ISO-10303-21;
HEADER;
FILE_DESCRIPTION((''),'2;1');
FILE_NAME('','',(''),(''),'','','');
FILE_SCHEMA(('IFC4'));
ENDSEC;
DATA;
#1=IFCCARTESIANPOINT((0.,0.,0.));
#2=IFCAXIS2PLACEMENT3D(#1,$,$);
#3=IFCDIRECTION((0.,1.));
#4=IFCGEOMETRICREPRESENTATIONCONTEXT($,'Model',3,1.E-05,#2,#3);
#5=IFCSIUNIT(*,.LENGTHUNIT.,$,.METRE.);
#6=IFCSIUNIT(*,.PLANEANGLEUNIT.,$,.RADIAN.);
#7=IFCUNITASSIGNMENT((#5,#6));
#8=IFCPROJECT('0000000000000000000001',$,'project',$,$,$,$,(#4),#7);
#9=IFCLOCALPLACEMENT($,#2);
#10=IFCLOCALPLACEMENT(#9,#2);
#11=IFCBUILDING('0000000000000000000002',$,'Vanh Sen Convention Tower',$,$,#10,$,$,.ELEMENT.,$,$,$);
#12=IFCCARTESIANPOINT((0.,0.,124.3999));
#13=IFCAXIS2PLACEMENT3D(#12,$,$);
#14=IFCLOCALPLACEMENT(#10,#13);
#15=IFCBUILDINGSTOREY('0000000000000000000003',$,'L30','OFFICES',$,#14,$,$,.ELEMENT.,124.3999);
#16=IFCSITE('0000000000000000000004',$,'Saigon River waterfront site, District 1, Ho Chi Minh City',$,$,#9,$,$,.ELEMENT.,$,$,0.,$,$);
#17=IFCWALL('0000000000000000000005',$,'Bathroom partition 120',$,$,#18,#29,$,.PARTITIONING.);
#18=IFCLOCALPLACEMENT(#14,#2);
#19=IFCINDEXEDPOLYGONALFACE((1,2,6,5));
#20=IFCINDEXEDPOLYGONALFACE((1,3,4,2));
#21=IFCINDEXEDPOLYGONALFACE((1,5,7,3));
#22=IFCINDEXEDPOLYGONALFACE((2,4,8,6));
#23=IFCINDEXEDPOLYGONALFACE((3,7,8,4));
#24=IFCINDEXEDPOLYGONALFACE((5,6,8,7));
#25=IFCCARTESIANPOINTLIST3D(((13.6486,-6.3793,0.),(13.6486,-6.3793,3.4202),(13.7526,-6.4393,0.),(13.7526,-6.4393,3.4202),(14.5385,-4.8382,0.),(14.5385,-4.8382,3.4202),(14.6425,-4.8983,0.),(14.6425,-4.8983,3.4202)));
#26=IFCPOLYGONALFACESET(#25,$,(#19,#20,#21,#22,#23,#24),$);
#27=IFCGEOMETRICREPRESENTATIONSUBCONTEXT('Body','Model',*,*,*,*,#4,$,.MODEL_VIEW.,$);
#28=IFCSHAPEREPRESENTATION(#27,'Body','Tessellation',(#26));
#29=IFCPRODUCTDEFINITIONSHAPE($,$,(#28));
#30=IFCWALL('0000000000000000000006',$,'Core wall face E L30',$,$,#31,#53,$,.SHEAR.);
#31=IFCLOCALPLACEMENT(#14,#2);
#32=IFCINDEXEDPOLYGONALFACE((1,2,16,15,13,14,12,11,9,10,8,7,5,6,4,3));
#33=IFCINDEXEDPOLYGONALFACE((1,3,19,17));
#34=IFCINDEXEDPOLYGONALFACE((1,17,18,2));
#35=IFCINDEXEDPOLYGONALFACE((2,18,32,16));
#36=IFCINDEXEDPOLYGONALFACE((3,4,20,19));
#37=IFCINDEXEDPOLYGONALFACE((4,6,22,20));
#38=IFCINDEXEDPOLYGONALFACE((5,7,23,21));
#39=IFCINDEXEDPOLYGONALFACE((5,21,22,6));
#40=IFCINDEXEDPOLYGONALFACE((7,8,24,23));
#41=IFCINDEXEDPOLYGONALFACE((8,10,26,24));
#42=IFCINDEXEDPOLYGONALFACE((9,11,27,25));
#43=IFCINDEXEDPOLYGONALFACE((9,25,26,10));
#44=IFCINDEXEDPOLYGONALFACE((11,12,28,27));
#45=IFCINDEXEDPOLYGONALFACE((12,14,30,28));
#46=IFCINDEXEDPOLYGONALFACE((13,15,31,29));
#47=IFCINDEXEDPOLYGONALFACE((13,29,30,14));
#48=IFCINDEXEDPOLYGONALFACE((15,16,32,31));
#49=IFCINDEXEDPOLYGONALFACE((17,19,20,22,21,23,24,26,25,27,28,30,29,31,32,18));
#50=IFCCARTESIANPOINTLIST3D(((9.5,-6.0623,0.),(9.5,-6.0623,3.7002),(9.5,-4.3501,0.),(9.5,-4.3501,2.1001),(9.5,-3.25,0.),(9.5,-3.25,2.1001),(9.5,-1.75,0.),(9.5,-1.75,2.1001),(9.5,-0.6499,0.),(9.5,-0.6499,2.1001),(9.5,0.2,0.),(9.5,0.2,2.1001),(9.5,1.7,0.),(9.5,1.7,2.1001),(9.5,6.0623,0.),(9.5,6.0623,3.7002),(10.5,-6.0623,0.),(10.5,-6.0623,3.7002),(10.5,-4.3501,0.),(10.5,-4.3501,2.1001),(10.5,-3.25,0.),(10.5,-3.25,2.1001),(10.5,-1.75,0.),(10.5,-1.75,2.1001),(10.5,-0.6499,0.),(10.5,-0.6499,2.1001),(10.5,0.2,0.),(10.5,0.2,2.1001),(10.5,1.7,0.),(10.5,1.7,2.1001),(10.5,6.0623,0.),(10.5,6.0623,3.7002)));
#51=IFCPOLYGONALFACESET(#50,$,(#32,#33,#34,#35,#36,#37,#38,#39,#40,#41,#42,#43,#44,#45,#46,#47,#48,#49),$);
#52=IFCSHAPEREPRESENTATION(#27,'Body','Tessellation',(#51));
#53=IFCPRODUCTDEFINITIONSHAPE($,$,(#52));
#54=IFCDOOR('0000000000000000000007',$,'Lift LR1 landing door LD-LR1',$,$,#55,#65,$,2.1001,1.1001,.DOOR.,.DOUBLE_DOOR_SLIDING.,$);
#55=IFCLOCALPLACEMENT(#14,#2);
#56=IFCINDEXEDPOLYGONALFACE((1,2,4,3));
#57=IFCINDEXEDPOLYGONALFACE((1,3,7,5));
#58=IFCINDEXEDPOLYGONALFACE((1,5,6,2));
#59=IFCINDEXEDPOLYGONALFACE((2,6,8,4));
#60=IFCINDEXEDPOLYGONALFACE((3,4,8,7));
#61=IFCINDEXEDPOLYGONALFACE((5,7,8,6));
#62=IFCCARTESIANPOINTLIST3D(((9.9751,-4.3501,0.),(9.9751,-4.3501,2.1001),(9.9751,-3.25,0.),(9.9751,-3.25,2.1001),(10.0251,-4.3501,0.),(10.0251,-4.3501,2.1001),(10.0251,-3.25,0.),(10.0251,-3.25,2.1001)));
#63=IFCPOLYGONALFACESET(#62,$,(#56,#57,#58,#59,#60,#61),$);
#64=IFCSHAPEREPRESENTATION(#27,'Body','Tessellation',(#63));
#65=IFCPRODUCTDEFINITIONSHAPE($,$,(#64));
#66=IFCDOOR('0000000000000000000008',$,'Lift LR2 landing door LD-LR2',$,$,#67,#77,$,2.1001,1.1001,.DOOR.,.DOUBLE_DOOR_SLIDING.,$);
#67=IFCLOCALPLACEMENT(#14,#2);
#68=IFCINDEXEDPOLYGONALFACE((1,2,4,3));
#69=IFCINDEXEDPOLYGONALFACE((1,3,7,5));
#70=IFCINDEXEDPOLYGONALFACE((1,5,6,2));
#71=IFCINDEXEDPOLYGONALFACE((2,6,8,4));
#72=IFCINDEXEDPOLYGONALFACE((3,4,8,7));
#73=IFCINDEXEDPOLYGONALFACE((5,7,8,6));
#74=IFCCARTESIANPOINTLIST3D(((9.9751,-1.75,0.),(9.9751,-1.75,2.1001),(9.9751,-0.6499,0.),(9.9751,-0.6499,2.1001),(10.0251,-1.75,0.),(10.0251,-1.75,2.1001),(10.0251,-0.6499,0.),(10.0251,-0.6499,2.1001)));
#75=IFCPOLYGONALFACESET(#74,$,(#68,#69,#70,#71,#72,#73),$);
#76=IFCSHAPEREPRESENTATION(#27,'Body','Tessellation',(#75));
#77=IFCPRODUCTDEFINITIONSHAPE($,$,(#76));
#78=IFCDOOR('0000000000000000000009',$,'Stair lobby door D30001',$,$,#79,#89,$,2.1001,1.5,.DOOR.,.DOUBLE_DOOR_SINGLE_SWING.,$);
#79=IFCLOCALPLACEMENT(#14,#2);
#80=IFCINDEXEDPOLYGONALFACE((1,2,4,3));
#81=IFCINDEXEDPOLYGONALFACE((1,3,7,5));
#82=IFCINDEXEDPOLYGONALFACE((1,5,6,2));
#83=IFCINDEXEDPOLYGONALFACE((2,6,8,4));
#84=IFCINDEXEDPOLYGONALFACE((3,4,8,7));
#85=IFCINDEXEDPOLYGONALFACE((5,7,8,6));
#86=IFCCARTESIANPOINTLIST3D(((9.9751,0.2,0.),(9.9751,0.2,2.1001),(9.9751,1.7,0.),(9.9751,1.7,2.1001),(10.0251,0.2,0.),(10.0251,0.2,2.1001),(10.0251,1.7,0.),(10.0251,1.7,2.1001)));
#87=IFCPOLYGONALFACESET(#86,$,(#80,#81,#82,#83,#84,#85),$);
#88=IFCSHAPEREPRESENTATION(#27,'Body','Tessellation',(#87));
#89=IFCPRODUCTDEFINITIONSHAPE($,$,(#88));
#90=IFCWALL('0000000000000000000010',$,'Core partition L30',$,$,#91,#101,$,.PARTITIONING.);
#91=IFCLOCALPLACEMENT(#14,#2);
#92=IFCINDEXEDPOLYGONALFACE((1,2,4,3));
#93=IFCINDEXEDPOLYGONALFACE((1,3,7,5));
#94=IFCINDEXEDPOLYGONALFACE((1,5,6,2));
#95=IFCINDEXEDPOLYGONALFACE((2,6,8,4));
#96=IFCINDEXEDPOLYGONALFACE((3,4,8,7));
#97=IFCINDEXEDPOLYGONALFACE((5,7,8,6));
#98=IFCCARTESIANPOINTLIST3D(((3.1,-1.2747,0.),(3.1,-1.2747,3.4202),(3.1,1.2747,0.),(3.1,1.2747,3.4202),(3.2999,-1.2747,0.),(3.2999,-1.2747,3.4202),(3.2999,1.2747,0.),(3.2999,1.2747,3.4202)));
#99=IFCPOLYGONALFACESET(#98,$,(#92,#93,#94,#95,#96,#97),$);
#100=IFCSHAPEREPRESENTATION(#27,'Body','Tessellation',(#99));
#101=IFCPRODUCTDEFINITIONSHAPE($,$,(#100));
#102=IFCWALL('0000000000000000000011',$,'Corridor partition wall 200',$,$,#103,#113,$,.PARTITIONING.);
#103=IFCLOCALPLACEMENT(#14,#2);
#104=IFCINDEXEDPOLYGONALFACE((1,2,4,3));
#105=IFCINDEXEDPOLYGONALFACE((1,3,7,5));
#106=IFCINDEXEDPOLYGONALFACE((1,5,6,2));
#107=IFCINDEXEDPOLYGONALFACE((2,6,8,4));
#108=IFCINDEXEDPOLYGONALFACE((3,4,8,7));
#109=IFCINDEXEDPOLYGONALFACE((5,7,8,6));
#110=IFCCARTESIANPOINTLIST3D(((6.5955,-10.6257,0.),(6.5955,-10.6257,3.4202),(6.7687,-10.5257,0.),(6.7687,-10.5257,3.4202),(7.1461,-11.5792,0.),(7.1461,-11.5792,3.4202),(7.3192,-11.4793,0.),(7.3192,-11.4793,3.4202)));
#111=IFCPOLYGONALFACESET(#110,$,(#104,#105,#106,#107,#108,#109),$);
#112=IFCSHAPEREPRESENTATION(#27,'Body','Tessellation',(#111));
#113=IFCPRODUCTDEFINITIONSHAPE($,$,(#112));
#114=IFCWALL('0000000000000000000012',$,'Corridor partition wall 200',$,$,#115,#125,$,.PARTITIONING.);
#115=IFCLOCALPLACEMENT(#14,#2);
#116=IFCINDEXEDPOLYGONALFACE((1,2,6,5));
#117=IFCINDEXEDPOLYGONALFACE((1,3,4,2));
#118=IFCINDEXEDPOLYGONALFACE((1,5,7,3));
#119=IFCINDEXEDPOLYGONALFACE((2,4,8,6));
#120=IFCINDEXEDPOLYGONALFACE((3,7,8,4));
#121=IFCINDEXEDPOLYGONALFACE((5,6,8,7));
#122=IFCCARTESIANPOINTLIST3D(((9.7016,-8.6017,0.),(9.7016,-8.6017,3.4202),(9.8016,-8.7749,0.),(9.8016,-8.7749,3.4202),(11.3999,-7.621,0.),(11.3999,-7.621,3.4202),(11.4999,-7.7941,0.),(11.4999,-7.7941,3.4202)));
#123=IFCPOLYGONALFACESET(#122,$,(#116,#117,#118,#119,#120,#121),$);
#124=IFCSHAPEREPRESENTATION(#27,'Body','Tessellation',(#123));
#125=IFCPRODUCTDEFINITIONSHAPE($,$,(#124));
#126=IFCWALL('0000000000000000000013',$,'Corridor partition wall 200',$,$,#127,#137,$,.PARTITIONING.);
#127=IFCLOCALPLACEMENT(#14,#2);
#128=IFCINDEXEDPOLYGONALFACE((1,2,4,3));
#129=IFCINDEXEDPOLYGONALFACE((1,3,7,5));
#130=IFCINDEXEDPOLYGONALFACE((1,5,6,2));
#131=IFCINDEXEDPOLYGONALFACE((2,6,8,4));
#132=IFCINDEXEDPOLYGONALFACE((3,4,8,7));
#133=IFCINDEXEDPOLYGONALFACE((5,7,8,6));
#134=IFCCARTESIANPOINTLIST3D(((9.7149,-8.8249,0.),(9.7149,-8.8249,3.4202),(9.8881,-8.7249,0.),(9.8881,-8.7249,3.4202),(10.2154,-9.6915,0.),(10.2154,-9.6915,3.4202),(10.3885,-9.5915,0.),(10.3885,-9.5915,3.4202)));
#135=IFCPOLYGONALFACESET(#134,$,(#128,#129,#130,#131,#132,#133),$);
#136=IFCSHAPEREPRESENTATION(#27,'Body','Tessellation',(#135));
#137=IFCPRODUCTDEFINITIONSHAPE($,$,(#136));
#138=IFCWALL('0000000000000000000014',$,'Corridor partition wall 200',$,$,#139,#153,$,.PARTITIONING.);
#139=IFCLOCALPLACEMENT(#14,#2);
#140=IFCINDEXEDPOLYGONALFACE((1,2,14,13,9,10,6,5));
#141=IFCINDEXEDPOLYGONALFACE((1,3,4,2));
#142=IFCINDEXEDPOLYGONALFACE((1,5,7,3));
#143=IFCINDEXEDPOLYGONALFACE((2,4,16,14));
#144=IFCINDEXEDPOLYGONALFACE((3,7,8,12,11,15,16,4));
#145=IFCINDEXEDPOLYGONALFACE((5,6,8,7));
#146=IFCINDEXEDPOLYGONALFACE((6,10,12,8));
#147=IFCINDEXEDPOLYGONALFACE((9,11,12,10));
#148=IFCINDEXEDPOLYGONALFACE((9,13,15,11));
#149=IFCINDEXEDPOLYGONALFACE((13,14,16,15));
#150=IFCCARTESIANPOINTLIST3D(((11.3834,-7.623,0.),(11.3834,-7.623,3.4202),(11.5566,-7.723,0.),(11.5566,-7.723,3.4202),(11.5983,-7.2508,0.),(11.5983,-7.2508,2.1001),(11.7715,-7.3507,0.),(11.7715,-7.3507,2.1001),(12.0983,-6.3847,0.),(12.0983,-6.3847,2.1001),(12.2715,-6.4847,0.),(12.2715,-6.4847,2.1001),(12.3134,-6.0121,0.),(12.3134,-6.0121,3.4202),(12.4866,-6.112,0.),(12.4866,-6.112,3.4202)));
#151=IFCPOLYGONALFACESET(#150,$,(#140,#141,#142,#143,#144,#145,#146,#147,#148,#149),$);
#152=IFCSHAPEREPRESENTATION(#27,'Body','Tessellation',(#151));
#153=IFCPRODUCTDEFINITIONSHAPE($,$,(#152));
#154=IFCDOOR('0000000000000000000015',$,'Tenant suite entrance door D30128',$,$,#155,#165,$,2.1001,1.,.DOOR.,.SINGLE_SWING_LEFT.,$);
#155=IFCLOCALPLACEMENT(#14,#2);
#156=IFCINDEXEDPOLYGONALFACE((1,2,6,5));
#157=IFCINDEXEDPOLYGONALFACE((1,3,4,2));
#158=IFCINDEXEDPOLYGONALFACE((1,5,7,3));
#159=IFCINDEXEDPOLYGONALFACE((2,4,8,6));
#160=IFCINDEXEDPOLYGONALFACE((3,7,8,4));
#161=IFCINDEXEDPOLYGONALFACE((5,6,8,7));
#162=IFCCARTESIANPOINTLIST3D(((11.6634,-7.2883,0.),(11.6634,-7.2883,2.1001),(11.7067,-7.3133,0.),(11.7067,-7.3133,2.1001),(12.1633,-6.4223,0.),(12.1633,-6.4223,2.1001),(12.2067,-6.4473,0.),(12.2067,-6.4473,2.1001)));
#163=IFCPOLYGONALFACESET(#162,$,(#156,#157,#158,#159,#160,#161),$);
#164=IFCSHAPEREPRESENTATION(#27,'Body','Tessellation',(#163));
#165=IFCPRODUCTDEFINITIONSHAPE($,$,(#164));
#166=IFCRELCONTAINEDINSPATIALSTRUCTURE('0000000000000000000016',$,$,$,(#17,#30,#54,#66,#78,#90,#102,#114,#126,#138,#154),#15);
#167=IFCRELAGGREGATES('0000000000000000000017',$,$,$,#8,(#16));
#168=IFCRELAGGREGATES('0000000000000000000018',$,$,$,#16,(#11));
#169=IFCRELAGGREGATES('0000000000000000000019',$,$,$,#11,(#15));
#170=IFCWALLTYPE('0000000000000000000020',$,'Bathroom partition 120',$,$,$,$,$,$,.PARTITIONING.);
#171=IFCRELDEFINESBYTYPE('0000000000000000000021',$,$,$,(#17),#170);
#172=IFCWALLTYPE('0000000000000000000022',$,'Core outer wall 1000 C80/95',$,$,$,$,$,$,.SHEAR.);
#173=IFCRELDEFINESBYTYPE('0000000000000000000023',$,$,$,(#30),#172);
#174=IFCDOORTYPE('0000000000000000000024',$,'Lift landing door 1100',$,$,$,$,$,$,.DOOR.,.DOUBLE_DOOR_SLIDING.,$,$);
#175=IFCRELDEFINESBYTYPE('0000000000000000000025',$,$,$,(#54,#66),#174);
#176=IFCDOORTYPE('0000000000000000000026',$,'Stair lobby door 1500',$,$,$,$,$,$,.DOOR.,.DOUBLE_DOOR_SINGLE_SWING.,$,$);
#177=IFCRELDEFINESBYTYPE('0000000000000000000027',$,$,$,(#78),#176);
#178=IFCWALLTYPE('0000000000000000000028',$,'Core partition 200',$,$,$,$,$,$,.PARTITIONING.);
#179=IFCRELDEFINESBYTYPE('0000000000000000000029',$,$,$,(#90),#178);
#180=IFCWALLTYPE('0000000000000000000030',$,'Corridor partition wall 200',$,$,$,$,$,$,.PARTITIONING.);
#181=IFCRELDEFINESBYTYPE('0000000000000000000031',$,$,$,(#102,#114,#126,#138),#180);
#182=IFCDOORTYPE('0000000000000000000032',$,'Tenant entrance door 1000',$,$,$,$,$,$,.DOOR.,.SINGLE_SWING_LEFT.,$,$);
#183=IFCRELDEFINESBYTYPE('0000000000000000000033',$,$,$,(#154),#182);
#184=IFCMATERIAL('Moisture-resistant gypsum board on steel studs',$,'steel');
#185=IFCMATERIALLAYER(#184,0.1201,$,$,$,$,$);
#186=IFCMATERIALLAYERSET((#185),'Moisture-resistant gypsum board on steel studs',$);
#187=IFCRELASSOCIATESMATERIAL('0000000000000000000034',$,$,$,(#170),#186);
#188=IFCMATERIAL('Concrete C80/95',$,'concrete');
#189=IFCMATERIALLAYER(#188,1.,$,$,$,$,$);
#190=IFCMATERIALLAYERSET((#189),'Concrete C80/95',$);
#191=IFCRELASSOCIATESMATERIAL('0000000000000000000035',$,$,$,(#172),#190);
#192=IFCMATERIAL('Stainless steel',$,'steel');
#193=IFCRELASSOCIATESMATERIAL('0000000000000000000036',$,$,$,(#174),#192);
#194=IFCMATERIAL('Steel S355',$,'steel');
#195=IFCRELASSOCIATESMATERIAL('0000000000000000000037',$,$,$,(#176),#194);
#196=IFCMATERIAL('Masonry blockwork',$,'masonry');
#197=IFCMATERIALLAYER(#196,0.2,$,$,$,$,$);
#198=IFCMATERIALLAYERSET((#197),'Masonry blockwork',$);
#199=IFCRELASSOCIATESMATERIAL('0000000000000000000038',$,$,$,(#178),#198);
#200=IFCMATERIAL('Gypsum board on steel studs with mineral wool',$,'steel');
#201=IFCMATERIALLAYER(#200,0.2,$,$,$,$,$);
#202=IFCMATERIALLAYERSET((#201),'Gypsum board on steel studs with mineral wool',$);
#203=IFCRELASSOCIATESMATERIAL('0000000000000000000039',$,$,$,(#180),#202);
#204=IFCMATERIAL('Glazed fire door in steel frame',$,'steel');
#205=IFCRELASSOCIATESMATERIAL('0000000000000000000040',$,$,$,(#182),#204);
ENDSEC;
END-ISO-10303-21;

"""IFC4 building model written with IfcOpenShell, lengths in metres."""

from ifc_helpers import new_model, si_unit, direction, frame, frame_2d, origin, place, context, subcontext, project, spatial, rectangle, extrude, material, layer, layer_set, type_object, element, fill, save


model = new_model("IFC4")

# Units and contexts
model_context = context("Model", 3, precision=1e-05, world=origin(), true_north=direction((0.0, 1.0)))
body_context = subcontext(model_context, "Body", "Model", "MODEL_VIEW")
ifc_project = project(units=[si_unit("LENGTHUNIT", "METRE"), si_unit("PLANEANGLEUNIT", "RADIAN")], contexts=[model_context])

# Site, building, storey
site_placement = place(None, origin())
site = spatial("IfcSite", under=ifc_project, at=site_placement, Name="Saigon River waterfront site, District 1, Ho Chi Minh City", CompositionType="ELEMENT", RefElevation=0.0)
building_placement = place(site_placement, origin())
building = spatial("IfcBuilding", under=site, at=building_placement, Name="Vanh Sen Convention Tower", CompositionType="ELEMENT")
storey_placement = place(building_placement, frame((0.0, 0.0, 124.3999)))
storey = spatial("IfcBuildingStorey", under=building, at=storey_placement, Name="L30", Description="OFFICES", CompositionType="ELEMENT", Elevation=124.3999)

# Wall
ifc_material_1 = material(Name="Moisture-resistant gypsum board on steel studs", Category="steel")
ifc_layer_1 = layer(ifc_material_1, 0.1201)
ifc_layer_set_1 = layer_set([ifc_layer_1], Name="Moisture-resistant gypsum board on steel studs")
wall_type_1 = type_object("IfcWallType", Name="Bathroom partition 120", PredefinedType="PARTITIONING", material=ifc_layer_set_1)
wall_1_placement = place(storey_placement, frame((13.7007, -6.4092, 0.0), z_axis=(0.0, 0.0, 1.0), x_axis=(0.500079, 0.86598, 0.0)))
element("IfcWall", 1, at=wall_1_placement, inside=storey, type_object=wall_type_1, Name="Bathroom partition 120", PredefinedType="PARTITIONING", context=body_context, shape_type="SweptSolid", body=[
    extrude(rectangle(XDim=1.7795, YDim=0.1201, at=frame_2d((0.8896, 0.0))), origin(), (0.0, 0.0, 1.0), 3.4202),
])

# Wall, openings, doors
ifc_material_2 = material(Name="Concrete C80/95", Category="concrete")
ifc_layer_2 = layer(ifc_material_2, 1.0)
ifc_layer_set_2 = layer_set([ifc_layer_2], Name="Concrete C80/95")
wall_type_2 = type_object("IfcWallType", Name="Core outer wall 1000 C80/95", PredefinedType="SHEAR", material=ifc_layer_set_2)
wall_2_placement = place(storey_placement, frame((10.0, -6.0623, 0.0), z_axis=(0.0, 0.0, 1.0), x_axis=(0.0, 1.0, 0.0)))
wall_2 = element("IfcWall", 2, at=wall_2_placement, inside=storey, type_object=wall_type_2, Name="Core wall face E L30", PredefinedType="SHEAR", context=body_context, shape_type="SweptSolid", body=[
    extrude(rectangle(XDim=12.1245, YDim=1.0, at=frame_2d((6.0623, 0.0))), origin(), (0.0, 0.0, 1.0), 3.7002),
])
opening_1_placement = place(wall_2_placement, frame((6.2622, 0.0, 0.0)))
opening_1 = element("IfcOpeningElement", 3, at=opening_1_placement, cuts=wall_2, PredefinedType="OPENING", context=body_context, shape_type="SweptSolid", body=[
    extrude(rectangle(XDim=1.5, YDim=2.1001, at=frame_2d((0.75, 1.05))), frame((0.0, 0.51, 0.0), z_axis=(0.0, -1.0, 0.0), x_axis=(1.0, 0.0, 0.0)), (0.0, 0.0, 1.0), 1.02),
])
opening_2_placement = place(wall_2_placement, frame((1.7122, 0.0, 0.0)))
opening_2 = element("IfcOpeningElement", 4, at=opening_2_placement, cuts=wall_2, PredefinedType="OPENING", context=body_context, shape_type="SweptSolid", body=[
    extrude(rectangle(XDim=1.1001, YDim=2.1001, at=frame_2d((0.55, 1.05))), frame((0.0, 0.51, 0.0), z_axis=(0.0, -1.0, 0.0), x_axis=(1.0, 0.0, 0.0)), (0.0, 0.0, 1.0), 1.02),
])
opening_3_placement = place(wall_2_placement, frame((4.3123, 0.0, 0.0)))
opening_3 = element("IfcOpeningElement", 5, at=opening_3_placement, cuts=wall_2, PredefinedType="OPENING", context=body_context, shape_type="SweptSolid", body=[
    extrude(rectangle(XDim=1.1001, YDim=2.1001, at=frame_2d((0.55, 1.05))), frame((0.0, 0.51, 0.0), z_axis=(0.0, -1.0, 0.0), x_axis=(1.0, 0.0, 0.0)), (0.0, 0.0, 1.0), 1.02),
])
ifc_material_3 = material(Name="Stainless steel", Category="steel")
door_type_1 = type_object("IfcDoorType", Name="Lift landing door 1100", OperationType="DOUBLE_DOOR_SLIDING", PredefinedType="DOOR", material=ifc_material_3)
door_1_placement = place(opening_2_placement, origin())
door_1 = element("IfcDoor", 6, at=door_1_placement, inside=storey, type_object=door_type_1, Name="Lift LR1 landing door LD-LR1", OperationType="DOUBLE_DOOR_SLIDING", OverallHeight=2.1001, OverallWidth=1.1001, PredefinedType="DOOR", context=body_context, shape_type="SweptSolid", body=[
    extrude(rectangle(XDim=1.1001, YDim=2.1001, at=frame_2d((0.55, 1.05))), frame((0.0, 0.0249, 0.0), z_axis=(0.0, -1.0, 0.0), x_axis=(1.0, 0.0, 0.0)), (0.0, 0.0, 1.0), 0.05),
])
fill(opening_2, door_1)
door_2_placement = place(opening_3_placement, origin())
door_2 = element("IfcDoor", 7, at=door_2_placement, inside=storey, type_object=door_type_1, Name="Lift LR2 landing door LD-LR2", OperationType="DOUBLE_DOOR_SLIDING", OverallHeight=2.1001, OverallWidth=1.1001, PredefinedType="DOOR", context=body_context, shape_type="SweptSolid", body=[
    extrude(rectangle(XDim=1.1001, YDim=2.1001, at=frame_2d((0.55, 1.05))), frame((0.0, 0.0249, 0.0), z_axis=(0.0, -1.0, 0.0), x_axis=(1.0, 0.0, 0.0)), (0.0, 0.0, 1.0), 0.05),
])
fill(opening_3, door_2)
ifc_material_4 = material(Name="Steel S355", Category="steel")
door_type_2 = type_object("IfcDoorType", Name="Stair lobby door 1500", OperationType="DOUBLE_DOOR_SINGLE_SWING", PredefinedType="DOOR", material=ifc_material_4)
door_3_placement = place(opening_1_placement, origin())
door_3 = element("IfcDoor", 8, at=door_3_placement, inside=storey, type_object=door_type_2, Name="Stair lobby door D30001", OperationType="DOUBLE_DOOR_SINGLE_SWING", OverallHeight=2.1001, OverallWidth=1.5, PredefinedType="DOOR", context=body_context, shape_type="SweptSolid", body=[
    extrude(rectangle(XDim=1.5, YDim=2.1001, at=frame_2d((0.75, 1.05))), frame((0.0, 0.0249, 0.0), z_axis=(0.0, -1.0, 0.0), x_axis=(1.0, 0.0, 0.0)), (0.0, 0.0, 1.0), 0.05),
])
fill(opening_1, door_3)

# Walls
ifc_material_5 = material(Name="Masonry blockwork", Category="masonry")
ifc_layer_3 = layer(ifc_material_5, 0.2)
ifc_layer_set_3 = layer_set([ifc_layer_3], Name="Masonry blockwork")
wall_type_3 = type_object("IfcWallType", Name="Core partition 200", PredefinedType="PARTITIONING", material=ifc_layer_set_3)
wall_3_placement = place(storey_placement, frame((3.2, -1.2747, 0.0), z_axis=(0.0, 0.0, 1.0), x_axis=(0.0, 1.0, 0.0)))
element("IfcWall", 9, at=wall_3_placement, inside=storey, type_object=wall_type_3, Name="Core partition L30", PredefinedType="PARTITIONING", context=body_context, shape_type="SweptSolid", body=[
    extrude(rectangle(XDim=2.5493, YDim=0.2, at=frame_2d((1.2747, 0.0))), origin(), (0.0, 0.0, 1.0), 3.4202),
])
ifc_material_6 = material(Name="Gypsum board on steel studs with mineral wool", Category="steel")
ifc_layer_4 = layer(ifc_material_6, 0.2)
ifc_layer_set_4 = layer_set([ifc_layer_4], Name="Gypsum board on steel studs with mineral wool")
wall_type_4 = type_object("IfcWallType", Name="Corridor partition wall 200", PredefinedType="PARTITIONING", material=ifc_layer_set_4)
wall_4_placement = place(storey_placement, frame((6.6821, -10.5757, 0.0), z_axis=(0.0, 0.0, 1.0), x_axis=(0.499978, -0.866038, 0.0)))
element("IfcWall", 10, at=wall_4_placement, inside=storey, type_object=wall_type_4, Name="Corridor partition wall 200", PredefinedType="PARTITIONING", context=body_context, shape_type="SweptSolid", body=[
    extrude(rectangle(XDim=1.1011, YDim=0.2, at=frame_2d((0.5505, 0.0))), origin(), (0.0, 0.0, 1.0), 3.4202),
])
wall_5_placement = place(storey_placement, frame((9.7517, -8.6882, 0.0), z_axis=(0.0, 0.0, 1.0), x_axis=(0.865974, 0.500089, 0.0)))
element("IfcWall", 11, at=wall_5_placement, inside=storey, type_object=wall_type_4, Name="Corridor partition wall 200", PredefinedType="PARTITIONING", context=body_context, shape_type="SweptSolid", body=[
    extrude(rectangle(XDim=1.9612, YDim=0.2, at=frame_2d((0.9805, 0.0))), origin(), (0.0, 0.0, 1.0), 3.4202),
])
wall_6_placement = place(storey_placement, frame((10.302, -9.6416, 0.0), z_axis=(0.0, 0.0, 1.0), x_axis=(-0.500074, 0.865982, 0.0)))
element("IfcWall", 12, at=wall_6_placement, inside=storey, type_object=wall_type_4, Name="Corridor partition wall 200", PredefinedType="PARTITIONING", context=body_context, shape_type="SweptSolid", body=[
    extrude(rectangle(XDim=1.0007, YDim=0.2, at=frame_2d((0.5005, 0.0))), origin(), (0.0, 0.0, 1.0), 3.4202),
])

# Wall, opening, door
wall_7_placement = place(storey_placement, frame((11.47, -7.6731, 0.0), z_axis=(0.0, 0.0, 1.0), x_axis=(0.499965, 0.866046, 0.0)))
wall_7 = element("IfcWall", 13, at=wall_7_placement, inside=storey, type_object=wall_type_4, Name="Corridor partition wall 200", PredefinedType="PARTITIONING", context=body_context, shape_type="SweptSolid", body=[
    extrude(rectangle(XDim=1.8601, YDim=0.2, at=frame_2d((0.9302, 0.0))), origin(), (0.0, 0.0, 1.0), 3.4202),
])
opening_4_placement = place(wall_7_placement, frame((0.4299, 0.0, 0.0)))
opening_4 = element("IfcOpeningElement", 14, at=opening_4_placement, cuts=wall_7, PredefinedType="OPENING", context=body_context, shape_type="SweptSolid", body=[
    extrude(rectangle(XDim=1.0, YDim=2.1001, at=frame_2d((0.5, 1.05))), frame((0.0, 0.1099, 0.0), z_axis=(0.0, -1.0, 0.0), x_axis=(1.0, 0.0, 0.0)), (0.0, 0.0, 1.0), 0.22),
])
ifc_material_7 = material(Name="Glazed fire door in steel frame", Category="steel")
door_type_3 = type_object("IfcDoorType", Name="Tenant entrance door 1000", OperationType="SINGLE_SWING_LEFT", PredefinedType="DOOR", material=ifc_material_7)
door_4_placement = place(opening_4_placement, origin())
door_4 = element("IfcDoor", 15, at=door_4_placement, inside=storey, type_object=door_type_3, Name="Tenant suite entrance door D30128", OperationType="SINGLE_SWING_LEFT", OverallHeight=2.1001, OverallWidth=1.0, PredefinedType="DOOR", context=body_context, shape_type="SweptSolid", body=[
    extrude(rectangle(XDim=1.0, YDim=2.1001, at=frame_2d((0.5, 1.05))), frame((0.0, 0.0249, 0.0), z_axis=(0.0, -1.0, 0.0), x_axis=(1.0, 0.0, 0.0)), (0.0, 0.0, 1.0), 0.05),
])
fill(opening_4, door_4)

save(model, "model.ifc")
